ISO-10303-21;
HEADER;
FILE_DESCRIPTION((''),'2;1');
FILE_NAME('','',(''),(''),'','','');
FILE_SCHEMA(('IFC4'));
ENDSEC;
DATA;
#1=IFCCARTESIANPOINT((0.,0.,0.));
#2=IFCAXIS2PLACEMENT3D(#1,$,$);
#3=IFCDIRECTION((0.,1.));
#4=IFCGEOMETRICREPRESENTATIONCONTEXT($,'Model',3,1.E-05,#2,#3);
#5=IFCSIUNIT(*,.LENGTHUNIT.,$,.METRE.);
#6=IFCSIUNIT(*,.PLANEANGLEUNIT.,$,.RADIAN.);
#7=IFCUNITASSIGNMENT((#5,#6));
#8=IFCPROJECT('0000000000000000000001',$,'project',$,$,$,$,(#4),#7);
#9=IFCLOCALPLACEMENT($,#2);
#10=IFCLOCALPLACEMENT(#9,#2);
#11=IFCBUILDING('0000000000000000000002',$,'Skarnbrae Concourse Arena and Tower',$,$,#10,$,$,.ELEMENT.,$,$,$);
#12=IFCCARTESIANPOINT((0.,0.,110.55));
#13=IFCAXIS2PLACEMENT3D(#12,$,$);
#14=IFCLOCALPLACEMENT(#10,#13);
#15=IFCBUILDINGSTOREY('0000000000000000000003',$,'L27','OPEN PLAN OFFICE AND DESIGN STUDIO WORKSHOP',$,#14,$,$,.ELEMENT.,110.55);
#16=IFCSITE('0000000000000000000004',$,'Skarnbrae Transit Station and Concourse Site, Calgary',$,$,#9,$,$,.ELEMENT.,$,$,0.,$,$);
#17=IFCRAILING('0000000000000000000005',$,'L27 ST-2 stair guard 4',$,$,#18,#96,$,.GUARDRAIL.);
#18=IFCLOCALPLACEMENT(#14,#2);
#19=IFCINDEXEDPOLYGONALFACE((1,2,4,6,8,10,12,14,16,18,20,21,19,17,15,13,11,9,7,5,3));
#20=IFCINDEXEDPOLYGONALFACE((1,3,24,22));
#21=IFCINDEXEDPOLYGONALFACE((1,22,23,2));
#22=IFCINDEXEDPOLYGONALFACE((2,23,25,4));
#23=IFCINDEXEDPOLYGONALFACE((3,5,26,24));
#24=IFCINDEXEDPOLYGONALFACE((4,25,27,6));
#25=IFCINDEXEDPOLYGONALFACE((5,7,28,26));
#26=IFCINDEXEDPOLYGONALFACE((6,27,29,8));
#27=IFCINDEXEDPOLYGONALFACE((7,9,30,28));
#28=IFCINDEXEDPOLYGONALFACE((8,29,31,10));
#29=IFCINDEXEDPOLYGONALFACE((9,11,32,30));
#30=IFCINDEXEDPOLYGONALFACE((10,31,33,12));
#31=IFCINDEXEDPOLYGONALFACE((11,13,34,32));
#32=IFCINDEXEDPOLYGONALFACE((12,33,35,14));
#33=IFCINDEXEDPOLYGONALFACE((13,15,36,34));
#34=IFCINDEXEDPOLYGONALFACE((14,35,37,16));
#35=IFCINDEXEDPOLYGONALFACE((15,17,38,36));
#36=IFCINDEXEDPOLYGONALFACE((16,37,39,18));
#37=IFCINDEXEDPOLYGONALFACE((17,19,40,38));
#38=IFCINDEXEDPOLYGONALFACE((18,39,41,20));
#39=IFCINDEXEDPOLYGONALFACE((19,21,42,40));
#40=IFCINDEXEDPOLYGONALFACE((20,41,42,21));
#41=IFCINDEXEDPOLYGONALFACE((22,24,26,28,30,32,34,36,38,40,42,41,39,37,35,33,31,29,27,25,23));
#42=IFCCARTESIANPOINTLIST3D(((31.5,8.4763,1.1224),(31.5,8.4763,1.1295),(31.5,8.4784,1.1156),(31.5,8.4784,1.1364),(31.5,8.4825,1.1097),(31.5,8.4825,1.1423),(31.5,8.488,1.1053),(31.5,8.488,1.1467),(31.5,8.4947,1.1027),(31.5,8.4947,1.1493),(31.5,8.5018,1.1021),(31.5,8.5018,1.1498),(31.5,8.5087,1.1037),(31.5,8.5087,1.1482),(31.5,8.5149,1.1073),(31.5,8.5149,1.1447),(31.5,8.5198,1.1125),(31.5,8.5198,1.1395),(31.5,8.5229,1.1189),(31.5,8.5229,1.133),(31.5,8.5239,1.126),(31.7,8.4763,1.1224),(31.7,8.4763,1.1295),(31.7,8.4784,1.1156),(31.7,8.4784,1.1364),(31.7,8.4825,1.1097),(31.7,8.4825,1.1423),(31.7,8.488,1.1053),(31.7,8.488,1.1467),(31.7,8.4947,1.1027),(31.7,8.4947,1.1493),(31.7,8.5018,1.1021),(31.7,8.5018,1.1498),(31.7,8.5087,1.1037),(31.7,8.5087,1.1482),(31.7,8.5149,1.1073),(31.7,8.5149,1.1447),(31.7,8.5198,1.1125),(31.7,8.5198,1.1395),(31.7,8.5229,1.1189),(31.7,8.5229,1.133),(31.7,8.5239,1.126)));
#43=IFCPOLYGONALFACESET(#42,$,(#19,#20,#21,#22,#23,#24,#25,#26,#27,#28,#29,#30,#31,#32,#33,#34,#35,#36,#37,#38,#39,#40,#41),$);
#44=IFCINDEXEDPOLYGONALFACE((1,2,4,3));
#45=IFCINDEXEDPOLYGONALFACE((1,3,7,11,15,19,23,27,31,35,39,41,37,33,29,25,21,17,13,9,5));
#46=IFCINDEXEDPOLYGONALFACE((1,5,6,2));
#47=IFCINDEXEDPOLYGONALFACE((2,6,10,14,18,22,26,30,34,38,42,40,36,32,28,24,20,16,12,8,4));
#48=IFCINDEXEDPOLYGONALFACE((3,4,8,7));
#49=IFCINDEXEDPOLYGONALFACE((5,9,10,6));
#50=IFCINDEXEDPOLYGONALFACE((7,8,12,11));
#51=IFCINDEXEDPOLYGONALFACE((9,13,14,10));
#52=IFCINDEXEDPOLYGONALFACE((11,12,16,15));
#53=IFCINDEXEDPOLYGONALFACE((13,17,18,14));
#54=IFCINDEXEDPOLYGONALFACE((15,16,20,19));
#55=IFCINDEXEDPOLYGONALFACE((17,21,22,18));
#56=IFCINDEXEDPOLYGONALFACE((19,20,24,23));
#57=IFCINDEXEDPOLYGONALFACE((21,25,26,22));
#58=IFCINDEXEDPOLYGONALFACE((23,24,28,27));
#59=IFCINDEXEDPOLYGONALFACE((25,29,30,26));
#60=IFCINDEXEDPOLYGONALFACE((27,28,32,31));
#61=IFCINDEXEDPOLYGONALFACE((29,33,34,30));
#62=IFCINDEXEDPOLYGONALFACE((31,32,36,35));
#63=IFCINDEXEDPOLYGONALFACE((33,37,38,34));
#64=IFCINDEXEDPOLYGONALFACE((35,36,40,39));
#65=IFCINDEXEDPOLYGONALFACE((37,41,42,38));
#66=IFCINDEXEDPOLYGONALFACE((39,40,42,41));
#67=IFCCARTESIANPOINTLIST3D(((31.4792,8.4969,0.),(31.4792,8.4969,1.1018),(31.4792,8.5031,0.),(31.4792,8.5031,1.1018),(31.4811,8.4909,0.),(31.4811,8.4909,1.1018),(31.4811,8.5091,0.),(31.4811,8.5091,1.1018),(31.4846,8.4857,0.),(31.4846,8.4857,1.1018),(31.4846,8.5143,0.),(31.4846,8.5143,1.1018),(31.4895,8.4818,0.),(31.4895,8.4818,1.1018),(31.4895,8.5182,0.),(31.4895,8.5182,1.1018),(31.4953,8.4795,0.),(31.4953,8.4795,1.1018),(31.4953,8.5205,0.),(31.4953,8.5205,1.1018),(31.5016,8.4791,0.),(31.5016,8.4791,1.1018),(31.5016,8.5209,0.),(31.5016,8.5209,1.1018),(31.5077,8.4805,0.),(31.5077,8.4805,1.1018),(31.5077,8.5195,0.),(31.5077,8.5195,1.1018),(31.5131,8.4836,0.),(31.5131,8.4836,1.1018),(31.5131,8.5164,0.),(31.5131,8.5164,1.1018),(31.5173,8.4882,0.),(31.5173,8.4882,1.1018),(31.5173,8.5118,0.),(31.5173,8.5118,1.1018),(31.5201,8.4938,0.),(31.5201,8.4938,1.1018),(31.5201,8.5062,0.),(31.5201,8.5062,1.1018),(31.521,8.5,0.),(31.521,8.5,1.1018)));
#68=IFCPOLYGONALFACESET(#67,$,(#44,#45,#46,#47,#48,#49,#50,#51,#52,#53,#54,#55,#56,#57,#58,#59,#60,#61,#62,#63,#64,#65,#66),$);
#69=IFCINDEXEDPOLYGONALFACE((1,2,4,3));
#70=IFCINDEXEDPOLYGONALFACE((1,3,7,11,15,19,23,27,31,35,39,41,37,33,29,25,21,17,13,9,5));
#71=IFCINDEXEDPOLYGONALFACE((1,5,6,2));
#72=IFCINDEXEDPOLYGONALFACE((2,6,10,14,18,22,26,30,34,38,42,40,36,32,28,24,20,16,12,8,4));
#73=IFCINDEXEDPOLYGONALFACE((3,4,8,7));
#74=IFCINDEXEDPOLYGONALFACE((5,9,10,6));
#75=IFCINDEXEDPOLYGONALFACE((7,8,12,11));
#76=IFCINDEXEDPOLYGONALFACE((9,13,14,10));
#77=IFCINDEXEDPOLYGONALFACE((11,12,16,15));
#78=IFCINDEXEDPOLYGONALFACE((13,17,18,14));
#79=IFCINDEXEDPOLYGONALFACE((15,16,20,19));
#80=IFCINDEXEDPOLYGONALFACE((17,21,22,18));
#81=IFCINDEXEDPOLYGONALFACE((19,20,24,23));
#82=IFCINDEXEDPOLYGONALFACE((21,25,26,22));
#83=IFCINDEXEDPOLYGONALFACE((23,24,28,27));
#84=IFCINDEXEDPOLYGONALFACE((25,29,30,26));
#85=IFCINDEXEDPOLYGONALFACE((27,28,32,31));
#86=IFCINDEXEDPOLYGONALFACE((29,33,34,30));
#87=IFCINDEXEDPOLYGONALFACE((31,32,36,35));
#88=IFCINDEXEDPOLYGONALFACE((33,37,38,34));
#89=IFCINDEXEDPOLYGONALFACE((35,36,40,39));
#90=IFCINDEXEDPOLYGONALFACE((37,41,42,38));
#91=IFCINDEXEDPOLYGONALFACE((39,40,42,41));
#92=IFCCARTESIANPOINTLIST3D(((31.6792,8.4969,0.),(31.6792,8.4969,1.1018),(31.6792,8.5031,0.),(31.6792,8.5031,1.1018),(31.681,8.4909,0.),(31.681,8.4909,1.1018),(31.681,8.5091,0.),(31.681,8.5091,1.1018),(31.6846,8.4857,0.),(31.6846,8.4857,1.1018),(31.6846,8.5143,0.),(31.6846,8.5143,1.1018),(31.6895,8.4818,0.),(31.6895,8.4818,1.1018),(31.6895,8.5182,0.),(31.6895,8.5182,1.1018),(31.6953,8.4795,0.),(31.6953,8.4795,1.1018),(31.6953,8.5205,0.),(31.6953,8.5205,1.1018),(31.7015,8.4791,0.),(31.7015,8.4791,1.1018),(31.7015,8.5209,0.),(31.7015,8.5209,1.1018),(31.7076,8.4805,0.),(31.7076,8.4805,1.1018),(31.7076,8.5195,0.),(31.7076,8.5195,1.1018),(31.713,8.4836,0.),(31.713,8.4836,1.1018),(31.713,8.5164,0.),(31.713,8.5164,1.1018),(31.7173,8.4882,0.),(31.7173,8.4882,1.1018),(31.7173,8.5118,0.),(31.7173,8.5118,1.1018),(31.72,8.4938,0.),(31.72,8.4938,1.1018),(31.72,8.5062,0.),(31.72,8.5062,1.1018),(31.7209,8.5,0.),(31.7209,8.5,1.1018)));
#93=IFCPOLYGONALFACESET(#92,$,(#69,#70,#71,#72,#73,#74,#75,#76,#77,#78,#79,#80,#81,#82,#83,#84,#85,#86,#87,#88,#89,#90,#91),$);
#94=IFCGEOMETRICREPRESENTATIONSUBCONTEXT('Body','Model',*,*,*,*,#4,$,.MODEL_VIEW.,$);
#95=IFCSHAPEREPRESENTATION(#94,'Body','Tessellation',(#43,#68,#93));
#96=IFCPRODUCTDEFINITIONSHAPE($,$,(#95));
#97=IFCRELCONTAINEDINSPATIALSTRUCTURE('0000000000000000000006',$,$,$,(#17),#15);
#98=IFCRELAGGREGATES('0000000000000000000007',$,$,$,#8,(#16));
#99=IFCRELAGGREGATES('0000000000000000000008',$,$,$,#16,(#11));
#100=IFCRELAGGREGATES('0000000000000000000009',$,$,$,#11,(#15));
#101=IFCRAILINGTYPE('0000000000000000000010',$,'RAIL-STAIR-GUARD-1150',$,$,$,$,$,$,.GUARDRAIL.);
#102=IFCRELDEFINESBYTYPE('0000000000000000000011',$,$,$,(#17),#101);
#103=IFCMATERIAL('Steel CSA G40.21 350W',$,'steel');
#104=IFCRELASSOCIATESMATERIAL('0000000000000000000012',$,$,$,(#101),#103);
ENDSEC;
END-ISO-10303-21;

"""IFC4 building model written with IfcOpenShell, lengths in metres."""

from ifc_helpers import new_model, si_unit, direction, frame, origin, origin_2d, place, context, subcontext, project, spatial, circle, extrude, material, type_object, element, save


model = new_model("IFC4")

# Units and contexts
model_context = context("Model", 3, precision=1e-05, world=origin(), true_north=direction((0.0, 1.0)))
body_context = subcontext(model_context, "Body", "Model", "MODEL_VIEW")
ifc_project = project(units=[si_unit("LENGTHUNIT", "METRE"), si_unit("PLANEANGLEUNIT", "RADIAN")], contexts=[model_context])

# Site, building, storey
site_placement = place(None, origin())
site = spatial("IfcSite", under=ifc_project, at=site_placement, Name="Skarnbrae Transit Station and Concourse Site, Calgary", CompositionType="ELEMENT", RefElevation=0.0)
building_placement = place(site_placement, origin())
building = spatial("IfcBuilding", under=site, at=building_placement, Name="Skarnbrae Concourse Arena and Tower", CompositionType="ELEMENT")
storey_placement = place(building_placement, frame((0.0, 0.0, 110.55)))
storey = spatial("IfcBuildingStorey", under=building, at=storey_placement, Name="L27", Description="OPEN PLAN OFFICE AND DESIGN STUDIO WORKSHOP", CompositionType="ELEMENT", Elevation=110.55)

# Shared definitions
ifc_material_1 = material(Name="Steel CSA G40.21 350W", Category="steel")

# Railing
railing_type_1 = type_object("IfcRailingType", Name="RAIL-STAIR-GUARD-1150", PredefinedType="GUARDRAIL", material=ifc_material_1)
railing_1_placement = place(storey_placement, frame((31.5, 8.5, 0.0)))
element("IfcRailing", 1, at=railing_1_placement, inside=storey, type_object=railing_type_1, Name="L27 ST-2 stair guard 4", PredefinedType="GUARDRAIL", context=body_context, shape_type="SweptSolid", body=[
    extrude(circle(Radius=0.0239, at=origin_2d()), frame((0.0, 0.0, 1.126), z_axis=(1.0, 0.0, 0.0), x_axis=(0.0, 1.0, 0.0)), (0.0, 0.0, 1.0), 0.2),
    extrude(circle(Radius=0.021, at=origin_2d()), origin(), (0.0, 0.0, 1.0), 1.1018),
    extrude(circle(Radius=0.021, at=origin_2d()), frame((0.2, 0.0, 0.0)), (0.0, 0.0, 1.0), 1.1018),
])

save(model, "model.ifc")
